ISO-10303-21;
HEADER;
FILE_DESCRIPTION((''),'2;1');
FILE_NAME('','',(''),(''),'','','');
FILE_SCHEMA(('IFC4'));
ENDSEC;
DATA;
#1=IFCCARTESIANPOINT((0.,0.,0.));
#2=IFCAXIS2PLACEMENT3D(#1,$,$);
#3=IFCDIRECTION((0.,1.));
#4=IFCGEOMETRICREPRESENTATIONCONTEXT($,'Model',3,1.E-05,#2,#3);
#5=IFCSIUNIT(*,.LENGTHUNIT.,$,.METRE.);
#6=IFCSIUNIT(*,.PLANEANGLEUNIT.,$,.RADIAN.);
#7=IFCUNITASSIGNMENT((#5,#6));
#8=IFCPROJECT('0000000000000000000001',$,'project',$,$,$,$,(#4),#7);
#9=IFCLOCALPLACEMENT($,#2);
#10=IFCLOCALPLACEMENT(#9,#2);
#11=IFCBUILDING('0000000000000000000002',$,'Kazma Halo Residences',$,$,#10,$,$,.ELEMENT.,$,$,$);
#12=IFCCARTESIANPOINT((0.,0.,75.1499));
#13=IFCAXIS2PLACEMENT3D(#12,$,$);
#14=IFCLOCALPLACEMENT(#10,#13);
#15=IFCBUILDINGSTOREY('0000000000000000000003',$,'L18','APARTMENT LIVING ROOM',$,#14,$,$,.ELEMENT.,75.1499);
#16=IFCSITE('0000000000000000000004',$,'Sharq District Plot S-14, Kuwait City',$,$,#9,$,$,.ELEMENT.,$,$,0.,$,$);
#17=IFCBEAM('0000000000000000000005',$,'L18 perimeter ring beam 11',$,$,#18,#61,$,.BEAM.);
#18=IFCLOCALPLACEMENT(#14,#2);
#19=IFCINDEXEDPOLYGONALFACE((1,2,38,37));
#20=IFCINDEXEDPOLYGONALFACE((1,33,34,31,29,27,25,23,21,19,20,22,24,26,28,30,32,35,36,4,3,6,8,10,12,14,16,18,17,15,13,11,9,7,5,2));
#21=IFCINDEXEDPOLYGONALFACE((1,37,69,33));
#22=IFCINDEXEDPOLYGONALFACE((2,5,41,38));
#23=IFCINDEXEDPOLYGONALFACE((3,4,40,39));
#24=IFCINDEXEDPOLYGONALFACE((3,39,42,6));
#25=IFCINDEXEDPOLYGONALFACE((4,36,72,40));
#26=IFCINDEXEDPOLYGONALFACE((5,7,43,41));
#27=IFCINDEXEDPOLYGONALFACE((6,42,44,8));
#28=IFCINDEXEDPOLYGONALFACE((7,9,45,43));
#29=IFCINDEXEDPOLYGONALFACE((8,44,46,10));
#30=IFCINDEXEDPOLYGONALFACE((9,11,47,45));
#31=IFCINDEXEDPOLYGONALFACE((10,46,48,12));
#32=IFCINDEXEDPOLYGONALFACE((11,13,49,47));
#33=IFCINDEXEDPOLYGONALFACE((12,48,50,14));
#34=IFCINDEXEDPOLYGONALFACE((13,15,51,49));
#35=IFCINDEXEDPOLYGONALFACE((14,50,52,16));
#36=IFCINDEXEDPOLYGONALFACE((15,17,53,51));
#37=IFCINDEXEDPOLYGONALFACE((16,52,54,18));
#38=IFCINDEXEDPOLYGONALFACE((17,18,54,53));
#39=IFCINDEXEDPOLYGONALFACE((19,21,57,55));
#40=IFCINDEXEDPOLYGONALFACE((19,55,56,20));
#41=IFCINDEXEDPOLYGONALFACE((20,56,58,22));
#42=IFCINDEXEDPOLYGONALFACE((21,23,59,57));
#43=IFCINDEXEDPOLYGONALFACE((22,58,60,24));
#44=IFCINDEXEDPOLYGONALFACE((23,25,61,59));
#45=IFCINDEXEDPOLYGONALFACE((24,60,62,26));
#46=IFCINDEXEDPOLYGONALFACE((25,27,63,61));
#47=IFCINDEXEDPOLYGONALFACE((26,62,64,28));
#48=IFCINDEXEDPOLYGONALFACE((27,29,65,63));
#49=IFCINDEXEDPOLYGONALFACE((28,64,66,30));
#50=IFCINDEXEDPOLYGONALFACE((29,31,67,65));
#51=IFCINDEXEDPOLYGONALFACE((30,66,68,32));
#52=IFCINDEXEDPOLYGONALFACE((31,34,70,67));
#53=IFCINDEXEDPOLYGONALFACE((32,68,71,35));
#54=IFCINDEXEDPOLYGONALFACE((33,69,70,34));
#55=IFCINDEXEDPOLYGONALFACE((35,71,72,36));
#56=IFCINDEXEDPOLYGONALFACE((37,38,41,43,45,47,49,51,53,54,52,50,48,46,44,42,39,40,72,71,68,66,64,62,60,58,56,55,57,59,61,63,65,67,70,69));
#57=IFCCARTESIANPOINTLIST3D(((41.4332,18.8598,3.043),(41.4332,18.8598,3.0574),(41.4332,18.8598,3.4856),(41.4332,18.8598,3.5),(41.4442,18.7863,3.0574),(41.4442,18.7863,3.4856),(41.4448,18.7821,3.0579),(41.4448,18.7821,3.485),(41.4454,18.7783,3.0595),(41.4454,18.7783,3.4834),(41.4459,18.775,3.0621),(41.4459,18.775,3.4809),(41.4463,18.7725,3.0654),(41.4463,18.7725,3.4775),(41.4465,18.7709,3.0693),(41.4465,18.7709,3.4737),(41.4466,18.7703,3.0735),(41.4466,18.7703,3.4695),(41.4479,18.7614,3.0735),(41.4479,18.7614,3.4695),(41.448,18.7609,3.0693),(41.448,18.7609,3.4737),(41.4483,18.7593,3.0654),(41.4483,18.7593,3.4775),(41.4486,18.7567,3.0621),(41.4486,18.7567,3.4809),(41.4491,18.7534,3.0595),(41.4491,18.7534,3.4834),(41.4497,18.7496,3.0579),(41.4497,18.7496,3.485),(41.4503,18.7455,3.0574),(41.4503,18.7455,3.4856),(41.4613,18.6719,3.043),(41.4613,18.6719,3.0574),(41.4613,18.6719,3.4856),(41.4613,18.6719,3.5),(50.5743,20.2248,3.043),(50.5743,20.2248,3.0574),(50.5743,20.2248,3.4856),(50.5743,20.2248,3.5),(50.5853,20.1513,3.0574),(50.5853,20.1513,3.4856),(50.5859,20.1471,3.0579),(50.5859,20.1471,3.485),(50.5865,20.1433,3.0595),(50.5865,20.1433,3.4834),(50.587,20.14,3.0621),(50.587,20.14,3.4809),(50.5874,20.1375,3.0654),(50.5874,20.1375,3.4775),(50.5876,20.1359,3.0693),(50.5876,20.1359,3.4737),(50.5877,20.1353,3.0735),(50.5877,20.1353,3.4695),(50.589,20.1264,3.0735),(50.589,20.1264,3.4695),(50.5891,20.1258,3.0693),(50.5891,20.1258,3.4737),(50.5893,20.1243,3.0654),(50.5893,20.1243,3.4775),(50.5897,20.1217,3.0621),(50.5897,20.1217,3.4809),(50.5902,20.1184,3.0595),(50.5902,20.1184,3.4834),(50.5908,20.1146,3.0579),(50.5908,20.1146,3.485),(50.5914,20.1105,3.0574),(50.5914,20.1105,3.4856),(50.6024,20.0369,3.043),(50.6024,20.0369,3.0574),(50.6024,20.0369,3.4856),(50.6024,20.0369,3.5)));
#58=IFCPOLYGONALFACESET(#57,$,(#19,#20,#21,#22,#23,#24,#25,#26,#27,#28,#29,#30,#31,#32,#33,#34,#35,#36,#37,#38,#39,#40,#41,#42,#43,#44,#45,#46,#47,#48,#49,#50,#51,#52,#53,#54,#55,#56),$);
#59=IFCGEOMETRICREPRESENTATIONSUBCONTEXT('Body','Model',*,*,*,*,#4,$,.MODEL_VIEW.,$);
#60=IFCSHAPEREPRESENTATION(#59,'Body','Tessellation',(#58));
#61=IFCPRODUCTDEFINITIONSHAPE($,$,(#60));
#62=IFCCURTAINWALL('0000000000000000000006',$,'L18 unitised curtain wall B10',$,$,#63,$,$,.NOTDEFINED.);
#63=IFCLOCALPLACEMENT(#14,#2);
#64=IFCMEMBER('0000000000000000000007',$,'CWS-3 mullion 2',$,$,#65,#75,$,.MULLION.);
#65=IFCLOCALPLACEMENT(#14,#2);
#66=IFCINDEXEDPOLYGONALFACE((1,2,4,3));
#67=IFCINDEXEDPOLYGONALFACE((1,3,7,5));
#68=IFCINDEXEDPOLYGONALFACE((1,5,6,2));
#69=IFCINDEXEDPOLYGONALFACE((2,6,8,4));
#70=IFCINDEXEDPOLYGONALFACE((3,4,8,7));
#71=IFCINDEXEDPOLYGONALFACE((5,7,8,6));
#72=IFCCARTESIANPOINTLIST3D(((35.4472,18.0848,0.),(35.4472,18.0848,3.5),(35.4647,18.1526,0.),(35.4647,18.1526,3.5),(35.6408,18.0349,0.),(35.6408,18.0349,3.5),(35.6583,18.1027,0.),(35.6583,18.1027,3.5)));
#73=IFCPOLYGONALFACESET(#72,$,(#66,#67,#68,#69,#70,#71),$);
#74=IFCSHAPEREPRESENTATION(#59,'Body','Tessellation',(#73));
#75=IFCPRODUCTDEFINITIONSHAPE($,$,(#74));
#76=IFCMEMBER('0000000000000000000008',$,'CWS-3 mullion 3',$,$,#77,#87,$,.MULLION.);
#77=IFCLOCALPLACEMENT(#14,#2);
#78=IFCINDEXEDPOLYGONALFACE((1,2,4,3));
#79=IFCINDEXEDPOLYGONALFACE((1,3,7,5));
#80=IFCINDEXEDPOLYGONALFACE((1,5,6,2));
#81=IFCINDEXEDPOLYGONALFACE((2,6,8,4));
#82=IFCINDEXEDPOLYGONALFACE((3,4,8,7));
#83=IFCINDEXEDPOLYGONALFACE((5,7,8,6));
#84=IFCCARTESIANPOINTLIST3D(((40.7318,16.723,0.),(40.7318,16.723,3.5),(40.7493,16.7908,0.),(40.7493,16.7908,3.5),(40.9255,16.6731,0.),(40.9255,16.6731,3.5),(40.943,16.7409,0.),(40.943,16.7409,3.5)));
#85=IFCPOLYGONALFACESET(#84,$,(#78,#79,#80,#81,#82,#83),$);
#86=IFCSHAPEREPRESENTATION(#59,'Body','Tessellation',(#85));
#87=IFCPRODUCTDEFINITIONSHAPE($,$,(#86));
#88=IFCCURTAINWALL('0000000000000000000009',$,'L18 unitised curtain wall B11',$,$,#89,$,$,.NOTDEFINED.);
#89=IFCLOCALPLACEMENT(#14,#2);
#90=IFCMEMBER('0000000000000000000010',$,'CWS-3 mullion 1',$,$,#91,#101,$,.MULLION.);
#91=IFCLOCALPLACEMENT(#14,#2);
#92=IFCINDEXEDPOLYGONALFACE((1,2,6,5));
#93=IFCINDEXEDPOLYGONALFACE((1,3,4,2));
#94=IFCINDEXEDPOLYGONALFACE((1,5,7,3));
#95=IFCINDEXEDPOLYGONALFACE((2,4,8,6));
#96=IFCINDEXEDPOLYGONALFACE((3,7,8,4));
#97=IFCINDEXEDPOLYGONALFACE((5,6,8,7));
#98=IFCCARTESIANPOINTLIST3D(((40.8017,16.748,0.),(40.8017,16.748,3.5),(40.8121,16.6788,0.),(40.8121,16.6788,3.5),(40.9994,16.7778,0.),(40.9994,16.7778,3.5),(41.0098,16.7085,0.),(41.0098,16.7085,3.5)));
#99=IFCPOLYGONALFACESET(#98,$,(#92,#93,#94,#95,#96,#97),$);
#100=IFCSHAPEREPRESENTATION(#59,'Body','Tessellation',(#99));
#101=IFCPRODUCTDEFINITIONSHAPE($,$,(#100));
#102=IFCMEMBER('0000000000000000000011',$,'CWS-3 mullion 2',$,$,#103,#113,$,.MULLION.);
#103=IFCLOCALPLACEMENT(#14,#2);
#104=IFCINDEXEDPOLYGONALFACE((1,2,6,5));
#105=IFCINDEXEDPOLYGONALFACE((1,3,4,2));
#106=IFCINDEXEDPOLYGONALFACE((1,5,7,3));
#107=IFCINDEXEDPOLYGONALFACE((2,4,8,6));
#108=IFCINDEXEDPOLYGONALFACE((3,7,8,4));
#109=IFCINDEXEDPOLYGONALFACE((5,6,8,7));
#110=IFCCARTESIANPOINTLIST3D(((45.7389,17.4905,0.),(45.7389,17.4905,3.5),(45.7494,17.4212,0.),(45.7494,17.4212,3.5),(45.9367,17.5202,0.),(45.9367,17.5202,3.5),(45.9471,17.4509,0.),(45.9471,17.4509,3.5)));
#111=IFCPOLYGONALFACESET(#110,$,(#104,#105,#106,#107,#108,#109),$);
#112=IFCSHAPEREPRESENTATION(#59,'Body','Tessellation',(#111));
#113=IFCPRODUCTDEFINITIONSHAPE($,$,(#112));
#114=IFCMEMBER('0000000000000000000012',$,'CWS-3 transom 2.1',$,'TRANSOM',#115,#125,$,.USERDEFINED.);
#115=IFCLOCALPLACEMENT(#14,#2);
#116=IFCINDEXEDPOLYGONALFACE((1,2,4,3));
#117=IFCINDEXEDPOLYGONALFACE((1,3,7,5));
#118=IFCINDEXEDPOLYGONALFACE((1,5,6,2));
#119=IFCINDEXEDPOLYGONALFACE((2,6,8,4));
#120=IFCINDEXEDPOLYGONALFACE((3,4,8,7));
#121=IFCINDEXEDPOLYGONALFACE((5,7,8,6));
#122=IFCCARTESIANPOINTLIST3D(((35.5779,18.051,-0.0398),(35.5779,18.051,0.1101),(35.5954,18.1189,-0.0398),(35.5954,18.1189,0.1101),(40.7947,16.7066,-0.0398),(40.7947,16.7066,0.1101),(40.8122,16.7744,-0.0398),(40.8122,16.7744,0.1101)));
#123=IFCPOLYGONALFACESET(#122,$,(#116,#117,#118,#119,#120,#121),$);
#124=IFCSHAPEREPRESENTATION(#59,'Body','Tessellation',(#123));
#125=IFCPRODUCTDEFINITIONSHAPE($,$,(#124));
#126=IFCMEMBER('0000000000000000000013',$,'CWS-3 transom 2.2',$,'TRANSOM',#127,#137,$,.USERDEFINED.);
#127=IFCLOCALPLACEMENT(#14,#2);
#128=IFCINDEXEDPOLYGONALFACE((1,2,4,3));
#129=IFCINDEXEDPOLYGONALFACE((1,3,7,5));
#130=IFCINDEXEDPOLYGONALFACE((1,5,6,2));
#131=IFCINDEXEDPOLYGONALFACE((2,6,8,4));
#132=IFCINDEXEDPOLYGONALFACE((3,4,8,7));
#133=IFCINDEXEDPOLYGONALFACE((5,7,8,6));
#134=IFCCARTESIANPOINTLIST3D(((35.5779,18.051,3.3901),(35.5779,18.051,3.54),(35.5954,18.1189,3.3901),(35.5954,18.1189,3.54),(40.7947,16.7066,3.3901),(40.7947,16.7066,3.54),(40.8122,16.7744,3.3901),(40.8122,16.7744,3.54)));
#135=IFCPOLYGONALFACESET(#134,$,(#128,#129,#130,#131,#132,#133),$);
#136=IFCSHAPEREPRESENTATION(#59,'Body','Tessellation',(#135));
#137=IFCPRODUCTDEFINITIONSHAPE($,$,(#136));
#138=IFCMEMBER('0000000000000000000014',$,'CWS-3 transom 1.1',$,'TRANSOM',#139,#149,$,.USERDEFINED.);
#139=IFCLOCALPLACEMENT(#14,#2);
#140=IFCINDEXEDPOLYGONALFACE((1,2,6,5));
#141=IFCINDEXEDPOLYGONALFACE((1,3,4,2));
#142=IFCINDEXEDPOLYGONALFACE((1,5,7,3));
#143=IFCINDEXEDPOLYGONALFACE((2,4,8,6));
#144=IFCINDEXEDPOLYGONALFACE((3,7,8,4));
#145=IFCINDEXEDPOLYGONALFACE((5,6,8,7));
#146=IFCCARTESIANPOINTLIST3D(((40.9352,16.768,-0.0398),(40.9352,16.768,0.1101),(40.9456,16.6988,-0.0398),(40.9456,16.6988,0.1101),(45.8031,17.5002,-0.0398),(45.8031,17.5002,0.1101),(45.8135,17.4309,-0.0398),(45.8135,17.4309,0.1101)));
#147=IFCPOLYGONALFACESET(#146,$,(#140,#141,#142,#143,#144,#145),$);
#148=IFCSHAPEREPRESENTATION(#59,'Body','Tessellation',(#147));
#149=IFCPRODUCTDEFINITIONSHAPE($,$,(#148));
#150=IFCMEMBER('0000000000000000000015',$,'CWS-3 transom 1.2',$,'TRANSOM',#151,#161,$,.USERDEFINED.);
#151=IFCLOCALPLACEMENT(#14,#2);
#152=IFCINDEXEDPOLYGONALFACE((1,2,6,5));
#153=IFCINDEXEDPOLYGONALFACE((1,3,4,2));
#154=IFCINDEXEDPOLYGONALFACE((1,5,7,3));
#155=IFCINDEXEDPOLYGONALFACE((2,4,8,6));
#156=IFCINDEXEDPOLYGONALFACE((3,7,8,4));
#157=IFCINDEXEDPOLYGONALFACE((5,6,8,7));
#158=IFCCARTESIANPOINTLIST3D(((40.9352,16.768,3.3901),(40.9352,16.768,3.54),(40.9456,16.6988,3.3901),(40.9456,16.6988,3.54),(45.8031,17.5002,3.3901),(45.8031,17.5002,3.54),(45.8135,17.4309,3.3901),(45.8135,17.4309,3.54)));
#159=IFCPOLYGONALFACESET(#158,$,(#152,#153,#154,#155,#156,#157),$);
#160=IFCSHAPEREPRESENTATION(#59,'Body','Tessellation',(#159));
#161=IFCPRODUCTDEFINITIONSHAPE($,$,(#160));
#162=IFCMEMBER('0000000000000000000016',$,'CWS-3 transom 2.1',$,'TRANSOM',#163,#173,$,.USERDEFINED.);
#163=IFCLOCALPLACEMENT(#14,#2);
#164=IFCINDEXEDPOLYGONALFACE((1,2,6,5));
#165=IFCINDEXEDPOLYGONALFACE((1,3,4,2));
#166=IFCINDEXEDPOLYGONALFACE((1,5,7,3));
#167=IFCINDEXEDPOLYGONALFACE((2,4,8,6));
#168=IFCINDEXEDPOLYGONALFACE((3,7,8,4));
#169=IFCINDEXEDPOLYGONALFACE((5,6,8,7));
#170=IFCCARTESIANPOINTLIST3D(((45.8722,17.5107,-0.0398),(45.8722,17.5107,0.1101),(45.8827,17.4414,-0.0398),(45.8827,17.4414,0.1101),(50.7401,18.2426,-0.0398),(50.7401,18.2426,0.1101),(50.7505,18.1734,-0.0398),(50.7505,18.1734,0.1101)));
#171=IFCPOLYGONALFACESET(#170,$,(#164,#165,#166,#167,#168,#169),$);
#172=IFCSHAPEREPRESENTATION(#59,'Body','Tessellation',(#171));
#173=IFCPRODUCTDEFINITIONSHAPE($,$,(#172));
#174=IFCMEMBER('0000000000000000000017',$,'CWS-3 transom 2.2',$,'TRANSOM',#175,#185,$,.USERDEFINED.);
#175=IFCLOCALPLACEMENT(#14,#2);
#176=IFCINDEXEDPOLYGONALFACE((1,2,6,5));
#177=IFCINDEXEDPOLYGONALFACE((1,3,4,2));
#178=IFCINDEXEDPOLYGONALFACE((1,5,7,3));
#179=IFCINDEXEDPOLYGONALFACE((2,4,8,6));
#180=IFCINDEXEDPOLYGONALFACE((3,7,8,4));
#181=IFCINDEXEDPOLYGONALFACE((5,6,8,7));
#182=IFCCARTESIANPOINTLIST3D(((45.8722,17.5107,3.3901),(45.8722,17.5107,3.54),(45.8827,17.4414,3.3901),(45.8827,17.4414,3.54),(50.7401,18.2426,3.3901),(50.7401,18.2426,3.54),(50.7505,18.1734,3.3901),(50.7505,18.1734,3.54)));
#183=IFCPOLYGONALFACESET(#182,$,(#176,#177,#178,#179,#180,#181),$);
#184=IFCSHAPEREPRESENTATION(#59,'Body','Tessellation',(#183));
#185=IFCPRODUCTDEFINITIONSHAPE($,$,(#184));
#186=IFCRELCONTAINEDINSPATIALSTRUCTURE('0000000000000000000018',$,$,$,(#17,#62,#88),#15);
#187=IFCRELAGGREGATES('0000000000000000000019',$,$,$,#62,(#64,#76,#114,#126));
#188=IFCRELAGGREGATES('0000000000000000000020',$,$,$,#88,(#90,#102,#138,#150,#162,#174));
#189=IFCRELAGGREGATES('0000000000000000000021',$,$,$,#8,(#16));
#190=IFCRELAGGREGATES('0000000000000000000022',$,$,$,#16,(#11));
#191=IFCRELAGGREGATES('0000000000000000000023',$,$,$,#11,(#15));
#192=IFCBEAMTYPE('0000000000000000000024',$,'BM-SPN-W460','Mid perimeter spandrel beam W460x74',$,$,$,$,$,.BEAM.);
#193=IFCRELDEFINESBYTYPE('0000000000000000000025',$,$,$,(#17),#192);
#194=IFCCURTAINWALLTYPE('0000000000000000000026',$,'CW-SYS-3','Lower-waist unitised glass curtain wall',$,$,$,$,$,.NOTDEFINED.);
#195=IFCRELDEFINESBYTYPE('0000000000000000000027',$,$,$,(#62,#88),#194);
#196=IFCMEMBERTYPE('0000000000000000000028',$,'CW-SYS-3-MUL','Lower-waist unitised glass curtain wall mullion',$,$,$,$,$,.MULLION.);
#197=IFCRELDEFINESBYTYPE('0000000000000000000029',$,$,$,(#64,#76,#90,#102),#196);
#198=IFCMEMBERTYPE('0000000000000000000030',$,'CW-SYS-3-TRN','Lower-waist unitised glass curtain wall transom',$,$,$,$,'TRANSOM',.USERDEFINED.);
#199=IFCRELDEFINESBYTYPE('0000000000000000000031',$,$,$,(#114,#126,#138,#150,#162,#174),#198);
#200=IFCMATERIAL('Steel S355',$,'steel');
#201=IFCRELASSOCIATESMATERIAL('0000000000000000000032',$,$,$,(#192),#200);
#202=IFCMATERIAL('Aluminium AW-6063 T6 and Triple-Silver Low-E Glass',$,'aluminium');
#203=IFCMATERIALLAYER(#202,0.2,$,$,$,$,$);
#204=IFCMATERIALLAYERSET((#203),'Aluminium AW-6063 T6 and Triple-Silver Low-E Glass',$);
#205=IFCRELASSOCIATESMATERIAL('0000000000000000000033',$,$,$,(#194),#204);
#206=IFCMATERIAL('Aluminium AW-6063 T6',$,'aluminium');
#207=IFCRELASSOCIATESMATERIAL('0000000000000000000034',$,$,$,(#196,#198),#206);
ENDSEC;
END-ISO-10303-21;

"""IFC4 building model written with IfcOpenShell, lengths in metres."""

from ifc_helpers import new_model, si_unit, direction, frame, origin, origin_2d, place, context, subcontext, project, spatial, rectangle, i_section, extrude, material, layer, layer_set, material_profile, profile_set, type_object, element, aggregate, save


model = new_model("IFC4")

# Units and contexts
model_context = context("Model", 3, precision=1e-05, world=origin(), true_north=direction((0.0, 1.0)))
body_context = subcontext(model_context, "Body", "Model", "MODEL_VIEW")
ifc_project = project(units=[si_unit("LENGTHUNIT", "METRE"), si_unit("PLANEANGLEUNIT", "RADIAN")], contexts=[model_context])

# Site, building, storey
site_placement = place(None, origin())
site = spatial("IfcSite", under=ifc_project, at=site_placement, Name="Sharq District Plot S-14, Kuwait City", CompositionType="ELEMENT", RefElevation=0.0)
building_placement = place(site_placement, origin())
building = spatial("IfcBuilding", under=site, at=building_placement, Name="Kazma Halo Residences", CompositionType="ELEMENT")
storey_placement = place(building_placement, frame((0.0, 0.0, 75.1499)))
storey = spatial("IfcBuildingStorey", under=building, at=storey_placement, Name="L18", Description="APARTMENT LIVING ROOM", CompositionType="ELEMENT", Elevation=75.1499)

# Beam
ifc_material_1 = material(Name="Steel S355", Category="steel")
ifc_material_profile_1 = material_profile(ifc_material_1, i_section(OverallWidth=0.1899, OverallDepth=0.457, WebThickness=0.009, FlangeThickness=0.0144, FilletRadius=0.0161, at=origin_2d()), Name="W460x74")
ifc_profile_set_1 = profile_set([ifc_material_profile_1], Name="Steel S355")
beam_type_1 = type_object("IfcBeamType", Name="BM-SPN-W460", Description="Mid perimeter spandrel beam W460x74", PredefinedType="BEAM", material=ifc_profile_set_1)
beam_1_placement = place(storey_placement, frame((41.4473, 18.7659, 3.2715), z_axis=(0.989034, 0.147687, 0.0), x_axis=(-0.147687, 0.989034, 0.0)))
element("IfcBeam", 1, at=beam_1_placement, inside=storey, type_object=beam_type_1, Name="L18 perimeter ring beam 11", PredefinedType="BEAM", context=body_context, shape_type="SweptSolid", body=[
    extrude(i_section(OverallWidth=0.1899, OverallDepth=0.457, WebThickness=0.009, FlangeThickness=0.0144, FilletRadius=0.0161, at=origin_2d()), origin(), (0.0, 0.0, 1.0), 9.2424),
])

# Curtain walls, members
ifc_material_2 = material(Name="Aluminium AW-6063 T6 and Triple-Silver Low-E Glass", Category="aluminium")
ifc_layer_1 = layer(ifc_material_2, 0.2)
ifc_layer_set_1 = layer_set([ifc_layer_1], Name="Aluminium AW-6063 T6 and Triple-Silver Low-E Glass")
curtain_wall_type = type_object("IfcCurtainWallType", Name="CW-SYS-3", Description="Lower-waist unitised glass curtain wall", PredefinedType="NOTDEFINED", material=ifc_layer_set_1)
curtain_wall_1_placement = place(storey_placement, origin())
curtain_wall_1 = element("IfcCurtainWall", 2, at=curtain_wall_1_placement, inside=storey, type_object=curtain_wall_type, Name="L18 unitised curtain wall B10", PredefinedType="NOTDEFINED")
ifc_material_3 = material(Name="Aluminium AW-6063 T6", Category="aluminium")
ifc_material_profile_2 = material_profile(ifc_material_3, rectangle(XDim=0.0701, YDim=0.2, at=origin_2d()), Name="CWM-70x200")
ifc_profile_set_2 = profile_set([ifc_material_profile_2], Name="Aluminium AW-6063 T6")
member_type_1 = type_object("IfcMemberType", Name="CW-SYS-3-MUL", Description="Lower-waist unitised glass curtain wall mullion", PredefinedType="MULLION", material=ifc_profile_set_2)
member_1_placement = place(storey_placement, frame((35.5527, 18.0938, 0.0), z_axis=(0.0, 0.0, 1.0), x_axis=(0.249572, 0.968356, 0.0)))
member_1 = element("IfcMember", 3, at=member_1_placement, type_object=member_type_1, Name="CWS-3 mullion 2", PredefinedType="MULLION", context=body_context, shape_type="SweptSolid", body=[
    extrude(rectangle(XDim=0.0701, YDim=0.2, at=origin_2d()), origin(), (0.0, 0.0, 1.0), 3.5),
])
member_2_placement = place(storey_placement, frame((40.8374, 16.7319, 0.0), z_axis=(0.0, 0.0, 1.0), x_axis=(0.249572, 0.968356, 0.0)))
member_2 = element("IfcMember", 4, at=member_2_placement, type_object=member_type_1, Name="CWS-3 mullion 3", PredefinedType="MULLION", context=body_context, shape_type="SweptSolid", body=[
    extrude(rectangle(XDim=0.0701, YDim=0.2, at=origin_2d()), origin(), (0.0, 0.0, 1.0), 3.5),
])
curtain_wall_2_placement = place(storey_placement, origin())
curtain_wall_2 = element("IfcCurtainWall", 5, at=curtain_wall_2_placement, inside=storey, type_object=curtain_wall_type, Name="L18 unitised curtain wall B11", PredefinedType="NOTDEFINED")
member_3_placement = place(storey_placement, frame((40.9058, 16.7283, 0.0), z_axis=(0.0, 0.0, 1.0), x_axis=(-0.148717, 0.98888, 0.0)))
member_3 = element("IfcMember", 6, at=member_3_placement, type_object=member_type_1, Name="CWS-3 mullion 1", PredefinedType="MULLION", context=body_context, shape_type="SweptSolid", body=[
    extrude(rectangle(XDim=0.0701, YDim=0.2, at=origin_2d()), origin(), (0.0, 0.0, 1.0), 3.5),
])
member_4_placement = place(storey_placement, frame((45.843, 17.4707, 0.0), z_axis=(0.0, 0.0, 1.0), x_axis=(-0.148717, 0.98888, 0.0)))
member_4 = element("IfcMember", 7, at=member_4_placement, type_object=member_type_1, Name="CWS-3 mullion 2", PredefinedType="MULLION", context=body_context, shape_type="SweptSolid", body=[
    extrude(rectangle(XDim=0.0701, YDim=0.2, at=origin_2d()), origin(), (0.0, 0.0, 1.0), 3.5),
])

# Members
ifc_material_profile_3 = material_profile(ifc_material_3, rectangle(XDim=0.0701, YDim=0.1499, at=origin_2d()), Name="CWT-70x150")
ifc_profile_set_3 = profile_set([ifc_material_profile_3], Name="Aluminium AW-6063 T6")
member_type_2 = type_object("IfcMemberType", Name="CW-SYS-3-TRN", Description="Lower-waist unitised glass curtain wall transom", ElementType="TRANSOM", PredefinedType="USERDEFINED", material=ifc_profile_set_3)
member_5_placement = place(storey_placement, frame((35.5867, 18.085, 0.0352), z_axis=(0.968358, -0.249567, 0.0), x_axis=(0.249567, 0.968358, 0.0)))
member_5 = element("IfcMember", 8, at=member_5_placement, type_object=member_type_2, Name="CWS-3 transom 2.1", ObjectType="TRANSOM", PredefinedType="USERDEFINED", context=body_context, shape_type="SweptSolid", body=[
    extrude(rectangle(XDim=0.0701, YDim=0.1499, at=origin_2d()), origin(), (0.0, 0.0, 1.0), 5.3872),
])
member_6_placement = place(storey_placement, frame((35.5867, 18.085, 3.4651), z_axis=(0.968358, -0.249567, 0.0), x_axis=(0.249567, 0.968358, 0.0)))
member_6 = element("IfcMember", 9, at=member_6_placement, type_object=member_type_2, Name="CWS-3 transom 2.2", ObjectType="TRANSOM", PredefinedType="USERDEFINED", context=body_context, shape_type="SweptSolid", body=[
    extrude(rectangle(XDim=0.0701, YDim=0.1499, at=origin_2d()), origin(), (0.0, 0.0, 1.0), 5.3872),
])
member_7_placement = place(storey_placement, frame((40.9404, 16.7334, 0.0352), z_axis=(0.988877, 0.148736, 0.0), x_axis=(-0.148736, 0.988877, 0.0)))
member_7 = element("IfcMember", 10, at=member_7_placement, type_object=member_type_2, Name="CWS-3 transom 1.1", ObjectType="TRANSOM", PredefinedType="USERDEFINED", context=body_context, shape_type="SweptSolid", body=[
    extrude(rectangle(XDim=0.0701, YDim=0.1499, at=origin_2d()), origin(), (0.0, 0.0, 1.0), 4.9226),
])
member_8_placement = place(storey_placement, frame((40.9404, 16.7334, 3.4651), z_axis=(0.988877, 0.148736, 0.0), x_axis=(-0.148736, 0.988877, 0.0)))
member_8 = element("IfcMember", 11, at=member_8_placement, type_object=member_type_2, Name="CWS-3 transom 1.2", ObjectType="TRANSOM", PredefinedType="USERDEFINED", context=body_context, shape_type="SweptSolid", body=[
    extrude(rectangle(XDim=0.0701, YDim=0.1499, at=origin_2d()), origin(), (0.0, 0.0, 1.0), 4.9226),
])
member_9_placement = place(storey_placement, frame((45.8774, 17.4761, 0.0352), z_axis=(0.988884, 0.148687, 0.0), x_axis=(-0.148687, 0.988884, 0.0)))
member_9 = element("IfcMember", 12, at=member_9_placement, type_object=member_type_2, Name="CWS-3 transom 2.1", ObjectType="TRANSOM", PredefinedType="USERDEFINED", context=body_context, shape_type="SweptSolid", body=[
    extrude(rectangle(XDim=0.0701, YDim=0.1499, at=origin_2d()), origin(), (0.0, 0.0, 1.0), 4.9226),
])
member_10_placement = place(storey_placement, frame((45.8774, 17.4761, 3.4651), z_axis=(0.988884, 0.148687, 0.0), x_axis=(-0.148687, 0.988884, 0.0)))
member_10 = element("IfcMember", 13, at=member_10_placement, type_object=member_type_2, Name="CWS-3 transom 2.2", ObjectType="TRANSOM", PredefinedType="USERDEFINED", context=body_context, shape_type="SweptSolid", body=[
    extrude(rectangle(XDim=0.0701, YDim=0.1499, at=origin_2d()), origin(), (0.0, 0.0, 1.0), 4.9226),
])

aggregate(curtain_wall_1, [member_1, member_2, member_5, member_6])
aggregate(curtain_wall_2, [member_3, member_4, member_7, member_8, member_9, member_10])

save(model, "model.ifc")
